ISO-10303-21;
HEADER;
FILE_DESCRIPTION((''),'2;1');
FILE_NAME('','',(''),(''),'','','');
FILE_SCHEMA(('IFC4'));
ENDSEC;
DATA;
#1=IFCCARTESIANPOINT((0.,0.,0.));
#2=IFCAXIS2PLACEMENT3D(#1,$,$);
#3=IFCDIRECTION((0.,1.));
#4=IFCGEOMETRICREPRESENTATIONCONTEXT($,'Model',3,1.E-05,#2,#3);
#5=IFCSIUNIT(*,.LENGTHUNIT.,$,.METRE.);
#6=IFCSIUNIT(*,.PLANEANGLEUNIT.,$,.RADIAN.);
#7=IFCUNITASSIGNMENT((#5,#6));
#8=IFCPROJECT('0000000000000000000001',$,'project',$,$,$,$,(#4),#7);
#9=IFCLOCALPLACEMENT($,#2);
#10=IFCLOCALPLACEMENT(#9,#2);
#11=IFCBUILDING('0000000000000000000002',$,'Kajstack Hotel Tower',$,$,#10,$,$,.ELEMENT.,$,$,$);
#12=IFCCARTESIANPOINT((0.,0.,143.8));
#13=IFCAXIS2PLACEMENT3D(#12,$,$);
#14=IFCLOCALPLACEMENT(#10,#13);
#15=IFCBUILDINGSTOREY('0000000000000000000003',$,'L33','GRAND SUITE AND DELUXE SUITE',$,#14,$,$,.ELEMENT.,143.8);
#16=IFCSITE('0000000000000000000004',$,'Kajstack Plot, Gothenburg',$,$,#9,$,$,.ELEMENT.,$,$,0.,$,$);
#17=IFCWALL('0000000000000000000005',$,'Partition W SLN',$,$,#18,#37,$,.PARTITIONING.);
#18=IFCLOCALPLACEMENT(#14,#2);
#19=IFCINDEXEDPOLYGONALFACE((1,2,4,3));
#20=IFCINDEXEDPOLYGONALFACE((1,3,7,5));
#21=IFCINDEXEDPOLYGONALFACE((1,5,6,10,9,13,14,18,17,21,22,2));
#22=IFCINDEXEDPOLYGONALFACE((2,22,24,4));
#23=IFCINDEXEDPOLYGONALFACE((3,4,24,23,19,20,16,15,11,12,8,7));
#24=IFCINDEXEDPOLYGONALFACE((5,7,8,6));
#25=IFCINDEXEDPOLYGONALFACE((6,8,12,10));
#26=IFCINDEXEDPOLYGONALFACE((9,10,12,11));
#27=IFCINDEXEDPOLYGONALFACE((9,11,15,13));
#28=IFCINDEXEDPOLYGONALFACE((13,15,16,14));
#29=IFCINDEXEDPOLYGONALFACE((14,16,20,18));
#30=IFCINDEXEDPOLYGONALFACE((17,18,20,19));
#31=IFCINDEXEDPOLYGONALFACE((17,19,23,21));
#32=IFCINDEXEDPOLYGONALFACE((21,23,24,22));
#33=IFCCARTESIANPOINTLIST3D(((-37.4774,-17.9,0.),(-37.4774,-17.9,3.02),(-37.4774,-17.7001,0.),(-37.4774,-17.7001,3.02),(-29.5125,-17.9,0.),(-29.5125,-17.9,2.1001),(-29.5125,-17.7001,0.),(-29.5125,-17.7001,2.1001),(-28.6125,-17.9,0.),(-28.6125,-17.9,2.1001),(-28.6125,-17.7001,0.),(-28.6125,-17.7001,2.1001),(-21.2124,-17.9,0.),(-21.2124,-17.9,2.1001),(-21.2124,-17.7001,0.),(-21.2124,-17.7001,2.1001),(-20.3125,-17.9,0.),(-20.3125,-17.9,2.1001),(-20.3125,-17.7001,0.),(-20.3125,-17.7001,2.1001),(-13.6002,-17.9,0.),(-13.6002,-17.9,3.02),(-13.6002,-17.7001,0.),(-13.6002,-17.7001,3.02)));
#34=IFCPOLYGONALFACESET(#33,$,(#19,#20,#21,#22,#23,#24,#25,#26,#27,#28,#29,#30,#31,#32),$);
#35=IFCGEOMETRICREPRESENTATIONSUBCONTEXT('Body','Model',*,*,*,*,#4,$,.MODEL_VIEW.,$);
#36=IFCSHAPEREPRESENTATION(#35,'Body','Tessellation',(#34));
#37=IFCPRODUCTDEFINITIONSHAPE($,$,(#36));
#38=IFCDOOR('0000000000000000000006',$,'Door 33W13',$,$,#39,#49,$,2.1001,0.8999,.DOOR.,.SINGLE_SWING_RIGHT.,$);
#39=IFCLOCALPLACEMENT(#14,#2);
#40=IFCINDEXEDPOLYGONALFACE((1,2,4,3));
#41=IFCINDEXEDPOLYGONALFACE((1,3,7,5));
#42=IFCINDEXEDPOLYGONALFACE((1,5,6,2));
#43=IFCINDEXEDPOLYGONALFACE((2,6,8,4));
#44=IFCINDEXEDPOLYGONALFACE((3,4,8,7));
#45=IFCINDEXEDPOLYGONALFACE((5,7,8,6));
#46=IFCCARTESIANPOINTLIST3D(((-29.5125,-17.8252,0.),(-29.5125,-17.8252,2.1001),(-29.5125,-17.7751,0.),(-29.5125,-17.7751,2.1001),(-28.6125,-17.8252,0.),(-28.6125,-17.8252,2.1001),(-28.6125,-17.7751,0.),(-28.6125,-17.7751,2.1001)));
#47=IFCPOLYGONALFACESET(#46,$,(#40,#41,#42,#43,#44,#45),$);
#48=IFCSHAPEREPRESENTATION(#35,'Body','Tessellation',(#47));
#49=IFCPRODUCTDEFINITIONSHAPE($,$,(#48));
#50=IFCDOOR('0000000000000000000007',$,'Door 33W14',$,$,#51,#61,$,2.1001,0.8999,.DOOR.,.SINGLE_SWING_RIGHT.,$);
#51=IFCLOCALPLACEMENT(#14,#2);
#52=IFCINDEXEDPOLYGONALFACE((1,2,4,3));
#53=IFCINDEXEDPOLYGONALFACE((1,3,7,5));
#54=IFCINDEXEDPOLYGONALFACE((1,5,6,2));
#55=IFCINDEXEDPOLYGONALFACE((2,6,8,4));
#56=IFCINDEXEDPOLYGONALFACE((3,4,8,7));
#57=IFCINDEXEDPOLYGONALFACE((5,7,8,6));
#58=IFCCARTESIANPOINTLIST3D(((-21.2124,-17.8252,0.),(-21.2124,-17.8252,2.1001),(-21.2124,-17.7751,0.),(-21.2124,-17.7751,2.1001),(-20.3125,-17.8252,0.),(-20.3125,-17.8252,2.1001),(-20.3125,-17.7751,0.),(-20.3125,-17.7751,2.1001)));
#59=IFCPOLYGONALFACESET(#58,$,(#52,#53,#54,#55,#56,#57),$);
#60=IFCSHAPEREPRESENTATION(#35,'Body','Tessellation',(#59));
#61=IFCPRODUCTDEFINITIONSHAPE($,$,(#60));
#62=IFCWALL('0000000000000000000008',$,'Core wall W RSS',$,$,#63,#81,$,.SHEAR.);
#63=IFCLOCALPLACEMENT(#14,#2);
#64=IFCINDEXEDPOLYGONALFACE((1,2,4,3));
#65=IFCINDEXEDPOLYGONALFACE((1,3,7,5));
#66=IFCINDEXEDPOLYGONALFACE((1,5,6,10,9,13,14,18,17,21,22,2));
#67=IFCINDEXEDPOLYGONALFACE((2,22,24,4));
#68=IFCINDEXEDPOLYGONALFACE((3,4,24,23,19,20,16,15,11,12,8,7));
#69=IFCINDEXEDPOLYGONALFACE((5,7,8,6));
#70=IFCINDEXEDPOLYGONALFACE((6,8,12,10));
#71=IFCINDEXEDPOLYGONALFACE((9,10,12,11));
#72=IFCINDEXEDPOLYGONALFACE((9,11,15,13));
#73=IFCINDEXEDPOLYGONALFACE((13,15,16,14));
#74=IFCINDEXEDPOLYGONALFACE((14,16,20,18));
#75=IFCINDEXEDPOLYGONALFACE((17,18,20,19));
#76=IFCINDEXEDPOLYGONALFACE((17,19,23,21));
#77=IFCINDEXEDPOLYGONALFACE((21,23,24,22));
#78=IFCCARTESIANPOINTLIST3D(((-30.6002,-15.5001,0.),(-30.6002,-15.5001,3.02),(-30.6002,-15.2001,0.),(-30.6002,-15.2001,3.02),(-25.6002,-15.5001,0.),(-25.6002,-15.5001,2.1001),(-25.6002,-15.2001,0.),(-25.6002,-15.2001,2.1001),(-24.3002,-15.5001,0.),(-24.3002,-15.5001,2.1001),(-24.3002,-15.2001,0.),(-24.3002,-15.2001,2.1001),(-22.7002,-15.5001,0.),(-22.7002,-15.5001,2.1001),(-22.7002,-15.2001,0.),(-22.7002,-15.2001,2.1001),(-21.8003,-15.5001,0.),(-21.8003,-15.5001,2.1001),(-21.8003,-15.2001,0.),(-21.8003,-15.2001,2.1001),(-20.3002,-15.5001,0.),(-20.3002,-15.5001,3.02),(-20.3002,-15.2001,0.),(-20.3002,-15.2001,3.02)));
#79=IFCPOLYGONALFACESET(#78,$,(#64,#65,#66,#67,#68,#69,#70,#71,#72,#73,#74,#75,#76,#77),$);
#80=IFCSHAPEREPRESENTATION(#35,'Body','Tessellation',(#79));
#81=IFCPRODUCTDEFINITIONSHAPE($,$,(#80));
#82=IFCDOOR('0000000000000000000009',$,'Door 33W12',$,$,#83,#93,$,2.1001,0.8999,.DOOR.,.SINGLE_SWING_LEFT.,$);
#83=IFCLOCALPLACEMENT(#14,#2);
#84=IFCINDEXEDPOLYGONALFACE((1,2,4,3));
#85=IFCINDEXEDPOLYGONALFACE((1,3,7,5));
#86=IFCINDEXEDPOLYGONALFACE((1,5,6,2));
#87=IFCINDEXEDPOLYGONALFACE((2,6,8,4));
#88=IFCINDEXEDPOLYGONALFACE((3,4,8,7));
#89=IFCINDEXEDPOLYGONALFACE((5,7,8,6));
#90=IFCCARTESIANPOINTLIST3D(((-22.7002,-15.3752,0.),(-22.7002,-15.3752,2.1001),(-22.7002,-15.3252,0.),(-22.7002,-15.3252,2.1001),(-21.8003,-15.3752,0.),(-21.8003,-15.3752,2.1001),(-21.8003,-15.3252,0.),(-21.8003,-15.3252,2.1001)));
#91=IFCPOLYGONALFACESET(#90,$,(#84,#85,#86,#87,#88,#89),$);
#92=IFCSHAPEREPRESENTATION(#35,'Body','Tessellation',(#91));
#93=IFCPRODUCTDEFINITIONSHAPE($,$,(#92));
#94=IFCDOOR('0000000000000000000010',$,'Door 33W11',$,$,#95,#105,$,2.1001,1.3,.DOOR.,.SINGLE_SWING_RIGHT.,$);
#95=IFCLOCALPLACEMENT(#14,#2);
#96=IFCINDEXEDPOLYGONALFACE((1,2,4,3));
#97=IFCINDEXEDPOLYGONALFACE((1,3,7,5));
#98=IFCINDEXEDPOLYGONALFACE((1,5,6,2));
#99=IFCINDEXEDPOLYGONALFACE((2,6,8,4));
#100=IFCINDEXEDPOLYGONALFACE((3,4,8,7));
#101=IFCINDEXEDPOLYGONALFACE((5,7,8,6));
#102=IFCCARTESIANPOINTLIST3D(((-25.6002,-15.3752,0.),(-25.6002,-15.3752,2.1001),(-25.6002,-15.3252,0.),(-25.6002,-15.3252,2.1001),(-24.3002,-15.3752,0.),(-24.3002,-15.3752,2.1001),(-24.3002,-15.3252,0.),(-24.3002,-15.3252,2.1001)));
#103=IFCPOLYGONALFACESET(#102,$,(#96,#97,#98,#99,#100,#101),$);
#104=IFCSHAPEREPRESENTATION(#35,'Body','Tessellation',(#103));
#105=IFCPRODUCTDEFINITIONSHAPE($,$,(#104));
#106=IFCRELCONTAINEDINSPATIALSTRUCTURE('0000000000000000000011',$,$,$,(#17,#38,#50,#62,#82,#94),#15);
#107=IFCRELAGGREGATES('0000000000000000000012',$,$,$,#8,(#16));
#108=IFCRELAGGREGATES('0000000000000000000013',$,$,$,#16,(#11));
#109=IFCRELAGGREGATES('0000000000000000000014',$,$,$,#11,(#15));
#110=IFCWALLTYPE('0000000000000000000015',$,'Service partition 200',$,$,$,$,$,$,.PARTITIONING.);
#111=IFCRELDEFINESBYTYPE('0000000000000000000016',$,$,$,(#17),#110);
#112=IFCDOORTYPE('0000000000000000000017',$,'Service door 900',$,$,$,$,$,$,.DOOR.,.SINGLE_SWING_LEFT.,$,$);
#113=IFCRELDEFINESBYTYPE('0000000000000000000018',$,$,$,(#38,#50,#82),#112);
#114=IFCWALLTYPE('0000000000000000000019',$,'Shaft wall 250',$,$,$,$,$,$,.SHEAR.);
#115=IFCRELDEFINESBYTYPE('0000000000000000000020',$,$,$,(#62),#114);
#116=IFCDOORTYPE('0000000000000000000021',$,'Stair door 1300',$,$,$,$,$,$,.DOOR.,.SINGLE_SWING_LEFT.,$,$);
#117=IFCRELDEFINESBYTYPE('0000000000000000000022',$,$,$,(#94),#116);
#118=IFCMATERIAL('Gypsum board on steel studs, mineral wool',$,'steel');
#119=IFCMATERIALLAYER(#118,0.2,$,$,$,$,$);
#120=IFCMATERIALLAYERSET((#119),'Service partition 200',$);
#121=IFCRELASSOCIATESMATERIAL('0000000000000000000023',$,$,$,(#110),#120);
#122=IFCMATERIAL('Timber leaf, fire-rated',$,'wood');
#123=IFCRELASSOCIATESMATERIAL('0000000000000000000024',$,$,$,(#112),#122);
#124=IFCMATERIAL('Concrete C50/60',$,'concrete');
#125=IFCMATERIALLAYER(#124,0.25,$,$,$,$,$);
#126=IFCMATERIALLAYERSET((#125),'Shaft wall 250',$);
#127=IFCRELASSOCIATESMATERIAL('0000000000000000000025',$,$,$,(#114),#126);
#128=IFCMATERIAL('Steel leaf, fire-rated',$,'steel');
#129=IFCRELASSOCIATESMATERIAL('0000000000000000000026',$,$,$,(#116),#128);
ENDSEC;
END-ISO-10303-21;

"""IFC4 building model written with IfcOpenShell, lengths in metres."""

from ifc_helpers import new_model, si_unit, direction, frame, frame_2d, origin, place, context, subcontext, project, spatial, rectangle, extrude, material, layer, layer_set, type_object, element, fill, save


model = new_model("IFC4")

# Units and contexts
model_context = context("Model", 3, precision=1e-05, world=origin(), true_north=direction((0.0, 1.0)))
body_context = subcontext(model_context, "Body", "Model", "MODEL_VIEW")
ifc_project = project(units=[si_unit("LENGTHUNIT", "METRE"), si_unit("PLANEANGLEUNIT", "RADIAN")], contexts=[model_context])

# Site, building, storey
site_placement = place(None, origin())
site = spatial("IfcSite", under=ifc_project, at=site_placement, Name="Kajstack Plot, Gothenburg", CompositionType="ELEMENT", RefElevation=0.0)
building_placement = place(site_placement, origin())
building = spatial("IfcBuilding", under=site, at=building_placement, Name="Kajstack Hotel Tower", CompositionType="ELEMENT")
storey_placement = place(building_placement, frame((0.0, 0.0, 143.8)))
storey = spatial("IfcBuildingStorey", under=building, at=storey_placement, Name="L33", Description="GRAND SUITE AND DELUXE SUITE", CompositionType="ELEMENT", Elevation=143.8)

# Shared definitions
ifc_material_1 = material(Name="Gypsum board on steel studs, mineral wool", Category="steel")
ifc_layer_1 = layer(ifc_material_1, 0.2)
ifc_layer_set_1 = layer_set([ifc_layer_1], Name="Service partition 200")
wall_type_1 = type_object("IfcWallType", Name="Service partition 200", PredefinedType="PARTITIONING", material=ifc_layer_set_1)
ifc_material_2 = material(Name="Timber leaf, fire-rated", Category="wood")
door_type_1 = type_object("IfcDoorType", Name="Service door 900", OperationType="SINGLE_SWING_LEFT", PredefinedType="DOOR", material=ifc_material_2)

# Walls, openings, doors
wall_1_placement = place(storey_placement, frame((-37.4773, -17.8, 0.0), z_axis=(0.0, 0.0, 1.0), x_axis=(1.0, 0.0, 0.0)))
wall_1 = element("IfcWall", 1, at=wall_1_placement, inside=storey, type_object=wall_type_1, Name="Partition W SLN", PredefinedType="PARTITIONING", context=body_context, shape_type="SweptSolid", body=[
    extrude(rectangle(XDim=23.8772, YDim=0.2, at=frame_2d((11.9385, 0.0))), origin(), (0.0, 0.0, 1.0), 3.02),
])
opening_1_placement = place(wall_1_placement, frame((7.9648, 0.0, 0.0)))
opening_1 = element("IfcOpeningElement", 2, at=opening_1_placement, cuts=wall_1, PredefinedType="OPENING", context=body_context, shape_type="SweptSolid", body=[
    extrude(rectangle(XDim=0.8999, YDim=2.1001, at=frame_2d((0.45, 1.05))), frame((0.0, 0.1099, 0.0), z_axis=(0.0, -1.0, 0.0), x_axis=(1.0, 0.0, 0.0)), (0.0, 0.0, 1.0), 0.22),
])
opening_2_placement = place(wall_1_placement, frame((16.2649, 0.0, 0.0)))
opening_2 = element("IfcOpeningElement", 3, at=opening_2_placement, cuts=wall_1, PredefinedType="OPENING", context=body_context, shape_type="SweptSolid", body=[
    extrude(rectangle(XDim=0.8999, YDim=2.1001, at=frame_2d((0.45, 1.05))), frame((0.0, 0.1099, 0.0), z_axis=(0.0, -1.0, 0.0), x_axis=(1.0, 0.0, 0.0)), (0.0, 0.0, 1.0), 0.22),
])
door_1_placement = place(opening_1_placement, origin())
door_1 = element("IfcDoor", 4, at=door_1_placement, inside=storey, type_object=door_type_1, Name="Door 33W13", OperationType="SINGLE_SWING_RIGHT", OverallHeight=2.1001, OverallWidth=0.8999, PredefinedType="DOOR", context=body_context, shape_type="SweptSolid", body=[
    extrude(rectangle(XDim=0.8999, YDim=2.1001, at=frame_2d((0.45, 1.05))), frame((0.0, 0.0249, 0.0), z_axis=(0.0, -1.0, 0.0), x_axis=(1.0, 0.0, 0.0)), (0.0, 0.0, 1.0), 0.05),
])
fill(opening_1, door_1)
door_2_placement = place(opening_2_placement, origin())
door_2 = element("IfcDoor", 5, at=door_2_placement, inside=storey, type_object=door_type_1, Name="Door 33W14", OperationType="SINGLE_SWING_RIGHT", OverallHeight=2.1001, OverallWidth=0.8999, PredefinedType="DOOR", context=body_context, shape_type="SweptSolid", body=[
    extrude(rectangle(XDim=0.8999, YDim=2.1001, at=frame_2d((0.45, 1.05))), frame((0.0, 0.0249, 0.0), z_axis=(0.0, -1.0, 0.0), x_axis=(1.0, 0.0, 0.0)), (0.0, 0.0, 1.0), 0.05),
])
fill(opening_2, door_2)
ifc_material_3 = material(Name="Concrete C50/60", Category="concrete")
ifc_layer_2 = layer(ifc_material_3, 0.25)
ifc_layer_set_2 = layer_set([ifc_layer_2], Name="Shaft wall 250")
wall_type_2 = type_object("IfcWallType", Name="Shaft wall 250", PredefinedType="SHEAR", material=ifc_layer_set_2)
wall_2_placement = place(storey_placement, frame((-30.6001, -15.3501, 0.0), z_axis=(0.0, 0.0, 1.0), x_axis=(1.0, 0.0, 0.0)))
wall_2 = element("IfcWall", 6, at=wall_2_placement, inside=storey, type_object=wall_type_2, Name="Core wall W RSS", PredefinedType="SHEAR", context=body_context, shape_type="SweptSolid", body=[
    extrude(rectangle(XDim=10.3, YDim=0.3, at=frame_2d((5.1499, 0.0))), origin(), (0.0, 0.0, 1.0), 3.02),
])
opening_3_placement = place(wall_2_placement, frame((5.0, 0.0, 0.0)))
opening_3 = element("IfcOpeningElement", 7, at=opening_3_placement, cuts=wall_2, PredefinedType="OPENING", context=body_context, shape_type="SweptSolid", body=[
    extrude(rectangle(XDim=1.3, YDim=2.1001, at=frame_2d((0.6499, 1.05))), frame((0.0, 0.1599, 0.0), z_axis=(0.0, -1.0, 0.0), x_axis=(1.0, 0.0, 0.0)), (0.0, 0.0, 1.0), 0.3201),
])
opening_4_placement = place(wall_2_placement, frame((7.8999, 0.0, 0.0)))
opening_4 = element("IfcOpeningElement", 8, at=opening_4_placement, cuts=wall_2, PredefinedType="OPENING", context=body_context, shape_type="SweptSolid", body=[
    extrude(rectangle(XDim=0.8999, YDim=2.1001, at=frame_2d((0.45, 1.05))), frame((0.0, 0.1599, 0.0), z_axis=(0.0, -1.0, 0.0), x_axis=(1.0, 0.0, 0.0)), (0.0, 0.0, 1.0), 0.3201),
])
door_3_placement = place(opening_4_placement, origin())
door_3 = element("IfcDoor", 9, at=door_3_placement, inside=storey, type_object=door_type_1, Name="Door 33W12", OperationType="SINGLE_SWING_LEFT", OverallHeight=2.1001, OverallWidth=0.8999, PredefinedType="DOOR", context=body_context, shape_type="SweptSolid", body=[
    extrude(rectangle(XDim=0.8999, YDim=2.1001, at=frame_2d((0.45, 1.05))), frame((0.0, 0.0249, 0.0), z_axis=(0.0, -1.0, 0.0), x_axis=(1.0, 0.0, 0.0)), (0.0, 0.0, 1.0), 0.05),
])
fill(opening_4, door_3)
ifc_material_4 = material(Name="Steel leaf, fire-rated", Category="steel")
door_type_2 = type_object("IfcDoorType", Name="Stair door 1300", OperationType="SINGLE_SWING_LEFT", PredefinedType="DOOR", material=ifc_material_4)
door_4_placement = place(opening_3_placement, origin())
door_4 = element("IfcDoor", 10, at=door_4_placement, inside=storey, type_object=door_type_2, Name="Door 33W11", OperationType="SINGLE_SWING_RIGHT", OverallHeight=2.1001, OverallWidth=1.3, PredefinedType="DOOR", context=body_context, shape_type="SweptSolid", body=[
    extrude(rectangle(XDim=1.3, YDim=2.1001, at=frame_2d((0.6499, 1.05))), frame((0.0, 0.0249, 0.0), z_axis=(0.0, -1.0, 0.0), x_axis=(1.0, 0.0, 0.0)), (0.0, 0.0, 1.0), 0.05),
])
fill(opening_3, door_4)

save(model, "model.ifc")
